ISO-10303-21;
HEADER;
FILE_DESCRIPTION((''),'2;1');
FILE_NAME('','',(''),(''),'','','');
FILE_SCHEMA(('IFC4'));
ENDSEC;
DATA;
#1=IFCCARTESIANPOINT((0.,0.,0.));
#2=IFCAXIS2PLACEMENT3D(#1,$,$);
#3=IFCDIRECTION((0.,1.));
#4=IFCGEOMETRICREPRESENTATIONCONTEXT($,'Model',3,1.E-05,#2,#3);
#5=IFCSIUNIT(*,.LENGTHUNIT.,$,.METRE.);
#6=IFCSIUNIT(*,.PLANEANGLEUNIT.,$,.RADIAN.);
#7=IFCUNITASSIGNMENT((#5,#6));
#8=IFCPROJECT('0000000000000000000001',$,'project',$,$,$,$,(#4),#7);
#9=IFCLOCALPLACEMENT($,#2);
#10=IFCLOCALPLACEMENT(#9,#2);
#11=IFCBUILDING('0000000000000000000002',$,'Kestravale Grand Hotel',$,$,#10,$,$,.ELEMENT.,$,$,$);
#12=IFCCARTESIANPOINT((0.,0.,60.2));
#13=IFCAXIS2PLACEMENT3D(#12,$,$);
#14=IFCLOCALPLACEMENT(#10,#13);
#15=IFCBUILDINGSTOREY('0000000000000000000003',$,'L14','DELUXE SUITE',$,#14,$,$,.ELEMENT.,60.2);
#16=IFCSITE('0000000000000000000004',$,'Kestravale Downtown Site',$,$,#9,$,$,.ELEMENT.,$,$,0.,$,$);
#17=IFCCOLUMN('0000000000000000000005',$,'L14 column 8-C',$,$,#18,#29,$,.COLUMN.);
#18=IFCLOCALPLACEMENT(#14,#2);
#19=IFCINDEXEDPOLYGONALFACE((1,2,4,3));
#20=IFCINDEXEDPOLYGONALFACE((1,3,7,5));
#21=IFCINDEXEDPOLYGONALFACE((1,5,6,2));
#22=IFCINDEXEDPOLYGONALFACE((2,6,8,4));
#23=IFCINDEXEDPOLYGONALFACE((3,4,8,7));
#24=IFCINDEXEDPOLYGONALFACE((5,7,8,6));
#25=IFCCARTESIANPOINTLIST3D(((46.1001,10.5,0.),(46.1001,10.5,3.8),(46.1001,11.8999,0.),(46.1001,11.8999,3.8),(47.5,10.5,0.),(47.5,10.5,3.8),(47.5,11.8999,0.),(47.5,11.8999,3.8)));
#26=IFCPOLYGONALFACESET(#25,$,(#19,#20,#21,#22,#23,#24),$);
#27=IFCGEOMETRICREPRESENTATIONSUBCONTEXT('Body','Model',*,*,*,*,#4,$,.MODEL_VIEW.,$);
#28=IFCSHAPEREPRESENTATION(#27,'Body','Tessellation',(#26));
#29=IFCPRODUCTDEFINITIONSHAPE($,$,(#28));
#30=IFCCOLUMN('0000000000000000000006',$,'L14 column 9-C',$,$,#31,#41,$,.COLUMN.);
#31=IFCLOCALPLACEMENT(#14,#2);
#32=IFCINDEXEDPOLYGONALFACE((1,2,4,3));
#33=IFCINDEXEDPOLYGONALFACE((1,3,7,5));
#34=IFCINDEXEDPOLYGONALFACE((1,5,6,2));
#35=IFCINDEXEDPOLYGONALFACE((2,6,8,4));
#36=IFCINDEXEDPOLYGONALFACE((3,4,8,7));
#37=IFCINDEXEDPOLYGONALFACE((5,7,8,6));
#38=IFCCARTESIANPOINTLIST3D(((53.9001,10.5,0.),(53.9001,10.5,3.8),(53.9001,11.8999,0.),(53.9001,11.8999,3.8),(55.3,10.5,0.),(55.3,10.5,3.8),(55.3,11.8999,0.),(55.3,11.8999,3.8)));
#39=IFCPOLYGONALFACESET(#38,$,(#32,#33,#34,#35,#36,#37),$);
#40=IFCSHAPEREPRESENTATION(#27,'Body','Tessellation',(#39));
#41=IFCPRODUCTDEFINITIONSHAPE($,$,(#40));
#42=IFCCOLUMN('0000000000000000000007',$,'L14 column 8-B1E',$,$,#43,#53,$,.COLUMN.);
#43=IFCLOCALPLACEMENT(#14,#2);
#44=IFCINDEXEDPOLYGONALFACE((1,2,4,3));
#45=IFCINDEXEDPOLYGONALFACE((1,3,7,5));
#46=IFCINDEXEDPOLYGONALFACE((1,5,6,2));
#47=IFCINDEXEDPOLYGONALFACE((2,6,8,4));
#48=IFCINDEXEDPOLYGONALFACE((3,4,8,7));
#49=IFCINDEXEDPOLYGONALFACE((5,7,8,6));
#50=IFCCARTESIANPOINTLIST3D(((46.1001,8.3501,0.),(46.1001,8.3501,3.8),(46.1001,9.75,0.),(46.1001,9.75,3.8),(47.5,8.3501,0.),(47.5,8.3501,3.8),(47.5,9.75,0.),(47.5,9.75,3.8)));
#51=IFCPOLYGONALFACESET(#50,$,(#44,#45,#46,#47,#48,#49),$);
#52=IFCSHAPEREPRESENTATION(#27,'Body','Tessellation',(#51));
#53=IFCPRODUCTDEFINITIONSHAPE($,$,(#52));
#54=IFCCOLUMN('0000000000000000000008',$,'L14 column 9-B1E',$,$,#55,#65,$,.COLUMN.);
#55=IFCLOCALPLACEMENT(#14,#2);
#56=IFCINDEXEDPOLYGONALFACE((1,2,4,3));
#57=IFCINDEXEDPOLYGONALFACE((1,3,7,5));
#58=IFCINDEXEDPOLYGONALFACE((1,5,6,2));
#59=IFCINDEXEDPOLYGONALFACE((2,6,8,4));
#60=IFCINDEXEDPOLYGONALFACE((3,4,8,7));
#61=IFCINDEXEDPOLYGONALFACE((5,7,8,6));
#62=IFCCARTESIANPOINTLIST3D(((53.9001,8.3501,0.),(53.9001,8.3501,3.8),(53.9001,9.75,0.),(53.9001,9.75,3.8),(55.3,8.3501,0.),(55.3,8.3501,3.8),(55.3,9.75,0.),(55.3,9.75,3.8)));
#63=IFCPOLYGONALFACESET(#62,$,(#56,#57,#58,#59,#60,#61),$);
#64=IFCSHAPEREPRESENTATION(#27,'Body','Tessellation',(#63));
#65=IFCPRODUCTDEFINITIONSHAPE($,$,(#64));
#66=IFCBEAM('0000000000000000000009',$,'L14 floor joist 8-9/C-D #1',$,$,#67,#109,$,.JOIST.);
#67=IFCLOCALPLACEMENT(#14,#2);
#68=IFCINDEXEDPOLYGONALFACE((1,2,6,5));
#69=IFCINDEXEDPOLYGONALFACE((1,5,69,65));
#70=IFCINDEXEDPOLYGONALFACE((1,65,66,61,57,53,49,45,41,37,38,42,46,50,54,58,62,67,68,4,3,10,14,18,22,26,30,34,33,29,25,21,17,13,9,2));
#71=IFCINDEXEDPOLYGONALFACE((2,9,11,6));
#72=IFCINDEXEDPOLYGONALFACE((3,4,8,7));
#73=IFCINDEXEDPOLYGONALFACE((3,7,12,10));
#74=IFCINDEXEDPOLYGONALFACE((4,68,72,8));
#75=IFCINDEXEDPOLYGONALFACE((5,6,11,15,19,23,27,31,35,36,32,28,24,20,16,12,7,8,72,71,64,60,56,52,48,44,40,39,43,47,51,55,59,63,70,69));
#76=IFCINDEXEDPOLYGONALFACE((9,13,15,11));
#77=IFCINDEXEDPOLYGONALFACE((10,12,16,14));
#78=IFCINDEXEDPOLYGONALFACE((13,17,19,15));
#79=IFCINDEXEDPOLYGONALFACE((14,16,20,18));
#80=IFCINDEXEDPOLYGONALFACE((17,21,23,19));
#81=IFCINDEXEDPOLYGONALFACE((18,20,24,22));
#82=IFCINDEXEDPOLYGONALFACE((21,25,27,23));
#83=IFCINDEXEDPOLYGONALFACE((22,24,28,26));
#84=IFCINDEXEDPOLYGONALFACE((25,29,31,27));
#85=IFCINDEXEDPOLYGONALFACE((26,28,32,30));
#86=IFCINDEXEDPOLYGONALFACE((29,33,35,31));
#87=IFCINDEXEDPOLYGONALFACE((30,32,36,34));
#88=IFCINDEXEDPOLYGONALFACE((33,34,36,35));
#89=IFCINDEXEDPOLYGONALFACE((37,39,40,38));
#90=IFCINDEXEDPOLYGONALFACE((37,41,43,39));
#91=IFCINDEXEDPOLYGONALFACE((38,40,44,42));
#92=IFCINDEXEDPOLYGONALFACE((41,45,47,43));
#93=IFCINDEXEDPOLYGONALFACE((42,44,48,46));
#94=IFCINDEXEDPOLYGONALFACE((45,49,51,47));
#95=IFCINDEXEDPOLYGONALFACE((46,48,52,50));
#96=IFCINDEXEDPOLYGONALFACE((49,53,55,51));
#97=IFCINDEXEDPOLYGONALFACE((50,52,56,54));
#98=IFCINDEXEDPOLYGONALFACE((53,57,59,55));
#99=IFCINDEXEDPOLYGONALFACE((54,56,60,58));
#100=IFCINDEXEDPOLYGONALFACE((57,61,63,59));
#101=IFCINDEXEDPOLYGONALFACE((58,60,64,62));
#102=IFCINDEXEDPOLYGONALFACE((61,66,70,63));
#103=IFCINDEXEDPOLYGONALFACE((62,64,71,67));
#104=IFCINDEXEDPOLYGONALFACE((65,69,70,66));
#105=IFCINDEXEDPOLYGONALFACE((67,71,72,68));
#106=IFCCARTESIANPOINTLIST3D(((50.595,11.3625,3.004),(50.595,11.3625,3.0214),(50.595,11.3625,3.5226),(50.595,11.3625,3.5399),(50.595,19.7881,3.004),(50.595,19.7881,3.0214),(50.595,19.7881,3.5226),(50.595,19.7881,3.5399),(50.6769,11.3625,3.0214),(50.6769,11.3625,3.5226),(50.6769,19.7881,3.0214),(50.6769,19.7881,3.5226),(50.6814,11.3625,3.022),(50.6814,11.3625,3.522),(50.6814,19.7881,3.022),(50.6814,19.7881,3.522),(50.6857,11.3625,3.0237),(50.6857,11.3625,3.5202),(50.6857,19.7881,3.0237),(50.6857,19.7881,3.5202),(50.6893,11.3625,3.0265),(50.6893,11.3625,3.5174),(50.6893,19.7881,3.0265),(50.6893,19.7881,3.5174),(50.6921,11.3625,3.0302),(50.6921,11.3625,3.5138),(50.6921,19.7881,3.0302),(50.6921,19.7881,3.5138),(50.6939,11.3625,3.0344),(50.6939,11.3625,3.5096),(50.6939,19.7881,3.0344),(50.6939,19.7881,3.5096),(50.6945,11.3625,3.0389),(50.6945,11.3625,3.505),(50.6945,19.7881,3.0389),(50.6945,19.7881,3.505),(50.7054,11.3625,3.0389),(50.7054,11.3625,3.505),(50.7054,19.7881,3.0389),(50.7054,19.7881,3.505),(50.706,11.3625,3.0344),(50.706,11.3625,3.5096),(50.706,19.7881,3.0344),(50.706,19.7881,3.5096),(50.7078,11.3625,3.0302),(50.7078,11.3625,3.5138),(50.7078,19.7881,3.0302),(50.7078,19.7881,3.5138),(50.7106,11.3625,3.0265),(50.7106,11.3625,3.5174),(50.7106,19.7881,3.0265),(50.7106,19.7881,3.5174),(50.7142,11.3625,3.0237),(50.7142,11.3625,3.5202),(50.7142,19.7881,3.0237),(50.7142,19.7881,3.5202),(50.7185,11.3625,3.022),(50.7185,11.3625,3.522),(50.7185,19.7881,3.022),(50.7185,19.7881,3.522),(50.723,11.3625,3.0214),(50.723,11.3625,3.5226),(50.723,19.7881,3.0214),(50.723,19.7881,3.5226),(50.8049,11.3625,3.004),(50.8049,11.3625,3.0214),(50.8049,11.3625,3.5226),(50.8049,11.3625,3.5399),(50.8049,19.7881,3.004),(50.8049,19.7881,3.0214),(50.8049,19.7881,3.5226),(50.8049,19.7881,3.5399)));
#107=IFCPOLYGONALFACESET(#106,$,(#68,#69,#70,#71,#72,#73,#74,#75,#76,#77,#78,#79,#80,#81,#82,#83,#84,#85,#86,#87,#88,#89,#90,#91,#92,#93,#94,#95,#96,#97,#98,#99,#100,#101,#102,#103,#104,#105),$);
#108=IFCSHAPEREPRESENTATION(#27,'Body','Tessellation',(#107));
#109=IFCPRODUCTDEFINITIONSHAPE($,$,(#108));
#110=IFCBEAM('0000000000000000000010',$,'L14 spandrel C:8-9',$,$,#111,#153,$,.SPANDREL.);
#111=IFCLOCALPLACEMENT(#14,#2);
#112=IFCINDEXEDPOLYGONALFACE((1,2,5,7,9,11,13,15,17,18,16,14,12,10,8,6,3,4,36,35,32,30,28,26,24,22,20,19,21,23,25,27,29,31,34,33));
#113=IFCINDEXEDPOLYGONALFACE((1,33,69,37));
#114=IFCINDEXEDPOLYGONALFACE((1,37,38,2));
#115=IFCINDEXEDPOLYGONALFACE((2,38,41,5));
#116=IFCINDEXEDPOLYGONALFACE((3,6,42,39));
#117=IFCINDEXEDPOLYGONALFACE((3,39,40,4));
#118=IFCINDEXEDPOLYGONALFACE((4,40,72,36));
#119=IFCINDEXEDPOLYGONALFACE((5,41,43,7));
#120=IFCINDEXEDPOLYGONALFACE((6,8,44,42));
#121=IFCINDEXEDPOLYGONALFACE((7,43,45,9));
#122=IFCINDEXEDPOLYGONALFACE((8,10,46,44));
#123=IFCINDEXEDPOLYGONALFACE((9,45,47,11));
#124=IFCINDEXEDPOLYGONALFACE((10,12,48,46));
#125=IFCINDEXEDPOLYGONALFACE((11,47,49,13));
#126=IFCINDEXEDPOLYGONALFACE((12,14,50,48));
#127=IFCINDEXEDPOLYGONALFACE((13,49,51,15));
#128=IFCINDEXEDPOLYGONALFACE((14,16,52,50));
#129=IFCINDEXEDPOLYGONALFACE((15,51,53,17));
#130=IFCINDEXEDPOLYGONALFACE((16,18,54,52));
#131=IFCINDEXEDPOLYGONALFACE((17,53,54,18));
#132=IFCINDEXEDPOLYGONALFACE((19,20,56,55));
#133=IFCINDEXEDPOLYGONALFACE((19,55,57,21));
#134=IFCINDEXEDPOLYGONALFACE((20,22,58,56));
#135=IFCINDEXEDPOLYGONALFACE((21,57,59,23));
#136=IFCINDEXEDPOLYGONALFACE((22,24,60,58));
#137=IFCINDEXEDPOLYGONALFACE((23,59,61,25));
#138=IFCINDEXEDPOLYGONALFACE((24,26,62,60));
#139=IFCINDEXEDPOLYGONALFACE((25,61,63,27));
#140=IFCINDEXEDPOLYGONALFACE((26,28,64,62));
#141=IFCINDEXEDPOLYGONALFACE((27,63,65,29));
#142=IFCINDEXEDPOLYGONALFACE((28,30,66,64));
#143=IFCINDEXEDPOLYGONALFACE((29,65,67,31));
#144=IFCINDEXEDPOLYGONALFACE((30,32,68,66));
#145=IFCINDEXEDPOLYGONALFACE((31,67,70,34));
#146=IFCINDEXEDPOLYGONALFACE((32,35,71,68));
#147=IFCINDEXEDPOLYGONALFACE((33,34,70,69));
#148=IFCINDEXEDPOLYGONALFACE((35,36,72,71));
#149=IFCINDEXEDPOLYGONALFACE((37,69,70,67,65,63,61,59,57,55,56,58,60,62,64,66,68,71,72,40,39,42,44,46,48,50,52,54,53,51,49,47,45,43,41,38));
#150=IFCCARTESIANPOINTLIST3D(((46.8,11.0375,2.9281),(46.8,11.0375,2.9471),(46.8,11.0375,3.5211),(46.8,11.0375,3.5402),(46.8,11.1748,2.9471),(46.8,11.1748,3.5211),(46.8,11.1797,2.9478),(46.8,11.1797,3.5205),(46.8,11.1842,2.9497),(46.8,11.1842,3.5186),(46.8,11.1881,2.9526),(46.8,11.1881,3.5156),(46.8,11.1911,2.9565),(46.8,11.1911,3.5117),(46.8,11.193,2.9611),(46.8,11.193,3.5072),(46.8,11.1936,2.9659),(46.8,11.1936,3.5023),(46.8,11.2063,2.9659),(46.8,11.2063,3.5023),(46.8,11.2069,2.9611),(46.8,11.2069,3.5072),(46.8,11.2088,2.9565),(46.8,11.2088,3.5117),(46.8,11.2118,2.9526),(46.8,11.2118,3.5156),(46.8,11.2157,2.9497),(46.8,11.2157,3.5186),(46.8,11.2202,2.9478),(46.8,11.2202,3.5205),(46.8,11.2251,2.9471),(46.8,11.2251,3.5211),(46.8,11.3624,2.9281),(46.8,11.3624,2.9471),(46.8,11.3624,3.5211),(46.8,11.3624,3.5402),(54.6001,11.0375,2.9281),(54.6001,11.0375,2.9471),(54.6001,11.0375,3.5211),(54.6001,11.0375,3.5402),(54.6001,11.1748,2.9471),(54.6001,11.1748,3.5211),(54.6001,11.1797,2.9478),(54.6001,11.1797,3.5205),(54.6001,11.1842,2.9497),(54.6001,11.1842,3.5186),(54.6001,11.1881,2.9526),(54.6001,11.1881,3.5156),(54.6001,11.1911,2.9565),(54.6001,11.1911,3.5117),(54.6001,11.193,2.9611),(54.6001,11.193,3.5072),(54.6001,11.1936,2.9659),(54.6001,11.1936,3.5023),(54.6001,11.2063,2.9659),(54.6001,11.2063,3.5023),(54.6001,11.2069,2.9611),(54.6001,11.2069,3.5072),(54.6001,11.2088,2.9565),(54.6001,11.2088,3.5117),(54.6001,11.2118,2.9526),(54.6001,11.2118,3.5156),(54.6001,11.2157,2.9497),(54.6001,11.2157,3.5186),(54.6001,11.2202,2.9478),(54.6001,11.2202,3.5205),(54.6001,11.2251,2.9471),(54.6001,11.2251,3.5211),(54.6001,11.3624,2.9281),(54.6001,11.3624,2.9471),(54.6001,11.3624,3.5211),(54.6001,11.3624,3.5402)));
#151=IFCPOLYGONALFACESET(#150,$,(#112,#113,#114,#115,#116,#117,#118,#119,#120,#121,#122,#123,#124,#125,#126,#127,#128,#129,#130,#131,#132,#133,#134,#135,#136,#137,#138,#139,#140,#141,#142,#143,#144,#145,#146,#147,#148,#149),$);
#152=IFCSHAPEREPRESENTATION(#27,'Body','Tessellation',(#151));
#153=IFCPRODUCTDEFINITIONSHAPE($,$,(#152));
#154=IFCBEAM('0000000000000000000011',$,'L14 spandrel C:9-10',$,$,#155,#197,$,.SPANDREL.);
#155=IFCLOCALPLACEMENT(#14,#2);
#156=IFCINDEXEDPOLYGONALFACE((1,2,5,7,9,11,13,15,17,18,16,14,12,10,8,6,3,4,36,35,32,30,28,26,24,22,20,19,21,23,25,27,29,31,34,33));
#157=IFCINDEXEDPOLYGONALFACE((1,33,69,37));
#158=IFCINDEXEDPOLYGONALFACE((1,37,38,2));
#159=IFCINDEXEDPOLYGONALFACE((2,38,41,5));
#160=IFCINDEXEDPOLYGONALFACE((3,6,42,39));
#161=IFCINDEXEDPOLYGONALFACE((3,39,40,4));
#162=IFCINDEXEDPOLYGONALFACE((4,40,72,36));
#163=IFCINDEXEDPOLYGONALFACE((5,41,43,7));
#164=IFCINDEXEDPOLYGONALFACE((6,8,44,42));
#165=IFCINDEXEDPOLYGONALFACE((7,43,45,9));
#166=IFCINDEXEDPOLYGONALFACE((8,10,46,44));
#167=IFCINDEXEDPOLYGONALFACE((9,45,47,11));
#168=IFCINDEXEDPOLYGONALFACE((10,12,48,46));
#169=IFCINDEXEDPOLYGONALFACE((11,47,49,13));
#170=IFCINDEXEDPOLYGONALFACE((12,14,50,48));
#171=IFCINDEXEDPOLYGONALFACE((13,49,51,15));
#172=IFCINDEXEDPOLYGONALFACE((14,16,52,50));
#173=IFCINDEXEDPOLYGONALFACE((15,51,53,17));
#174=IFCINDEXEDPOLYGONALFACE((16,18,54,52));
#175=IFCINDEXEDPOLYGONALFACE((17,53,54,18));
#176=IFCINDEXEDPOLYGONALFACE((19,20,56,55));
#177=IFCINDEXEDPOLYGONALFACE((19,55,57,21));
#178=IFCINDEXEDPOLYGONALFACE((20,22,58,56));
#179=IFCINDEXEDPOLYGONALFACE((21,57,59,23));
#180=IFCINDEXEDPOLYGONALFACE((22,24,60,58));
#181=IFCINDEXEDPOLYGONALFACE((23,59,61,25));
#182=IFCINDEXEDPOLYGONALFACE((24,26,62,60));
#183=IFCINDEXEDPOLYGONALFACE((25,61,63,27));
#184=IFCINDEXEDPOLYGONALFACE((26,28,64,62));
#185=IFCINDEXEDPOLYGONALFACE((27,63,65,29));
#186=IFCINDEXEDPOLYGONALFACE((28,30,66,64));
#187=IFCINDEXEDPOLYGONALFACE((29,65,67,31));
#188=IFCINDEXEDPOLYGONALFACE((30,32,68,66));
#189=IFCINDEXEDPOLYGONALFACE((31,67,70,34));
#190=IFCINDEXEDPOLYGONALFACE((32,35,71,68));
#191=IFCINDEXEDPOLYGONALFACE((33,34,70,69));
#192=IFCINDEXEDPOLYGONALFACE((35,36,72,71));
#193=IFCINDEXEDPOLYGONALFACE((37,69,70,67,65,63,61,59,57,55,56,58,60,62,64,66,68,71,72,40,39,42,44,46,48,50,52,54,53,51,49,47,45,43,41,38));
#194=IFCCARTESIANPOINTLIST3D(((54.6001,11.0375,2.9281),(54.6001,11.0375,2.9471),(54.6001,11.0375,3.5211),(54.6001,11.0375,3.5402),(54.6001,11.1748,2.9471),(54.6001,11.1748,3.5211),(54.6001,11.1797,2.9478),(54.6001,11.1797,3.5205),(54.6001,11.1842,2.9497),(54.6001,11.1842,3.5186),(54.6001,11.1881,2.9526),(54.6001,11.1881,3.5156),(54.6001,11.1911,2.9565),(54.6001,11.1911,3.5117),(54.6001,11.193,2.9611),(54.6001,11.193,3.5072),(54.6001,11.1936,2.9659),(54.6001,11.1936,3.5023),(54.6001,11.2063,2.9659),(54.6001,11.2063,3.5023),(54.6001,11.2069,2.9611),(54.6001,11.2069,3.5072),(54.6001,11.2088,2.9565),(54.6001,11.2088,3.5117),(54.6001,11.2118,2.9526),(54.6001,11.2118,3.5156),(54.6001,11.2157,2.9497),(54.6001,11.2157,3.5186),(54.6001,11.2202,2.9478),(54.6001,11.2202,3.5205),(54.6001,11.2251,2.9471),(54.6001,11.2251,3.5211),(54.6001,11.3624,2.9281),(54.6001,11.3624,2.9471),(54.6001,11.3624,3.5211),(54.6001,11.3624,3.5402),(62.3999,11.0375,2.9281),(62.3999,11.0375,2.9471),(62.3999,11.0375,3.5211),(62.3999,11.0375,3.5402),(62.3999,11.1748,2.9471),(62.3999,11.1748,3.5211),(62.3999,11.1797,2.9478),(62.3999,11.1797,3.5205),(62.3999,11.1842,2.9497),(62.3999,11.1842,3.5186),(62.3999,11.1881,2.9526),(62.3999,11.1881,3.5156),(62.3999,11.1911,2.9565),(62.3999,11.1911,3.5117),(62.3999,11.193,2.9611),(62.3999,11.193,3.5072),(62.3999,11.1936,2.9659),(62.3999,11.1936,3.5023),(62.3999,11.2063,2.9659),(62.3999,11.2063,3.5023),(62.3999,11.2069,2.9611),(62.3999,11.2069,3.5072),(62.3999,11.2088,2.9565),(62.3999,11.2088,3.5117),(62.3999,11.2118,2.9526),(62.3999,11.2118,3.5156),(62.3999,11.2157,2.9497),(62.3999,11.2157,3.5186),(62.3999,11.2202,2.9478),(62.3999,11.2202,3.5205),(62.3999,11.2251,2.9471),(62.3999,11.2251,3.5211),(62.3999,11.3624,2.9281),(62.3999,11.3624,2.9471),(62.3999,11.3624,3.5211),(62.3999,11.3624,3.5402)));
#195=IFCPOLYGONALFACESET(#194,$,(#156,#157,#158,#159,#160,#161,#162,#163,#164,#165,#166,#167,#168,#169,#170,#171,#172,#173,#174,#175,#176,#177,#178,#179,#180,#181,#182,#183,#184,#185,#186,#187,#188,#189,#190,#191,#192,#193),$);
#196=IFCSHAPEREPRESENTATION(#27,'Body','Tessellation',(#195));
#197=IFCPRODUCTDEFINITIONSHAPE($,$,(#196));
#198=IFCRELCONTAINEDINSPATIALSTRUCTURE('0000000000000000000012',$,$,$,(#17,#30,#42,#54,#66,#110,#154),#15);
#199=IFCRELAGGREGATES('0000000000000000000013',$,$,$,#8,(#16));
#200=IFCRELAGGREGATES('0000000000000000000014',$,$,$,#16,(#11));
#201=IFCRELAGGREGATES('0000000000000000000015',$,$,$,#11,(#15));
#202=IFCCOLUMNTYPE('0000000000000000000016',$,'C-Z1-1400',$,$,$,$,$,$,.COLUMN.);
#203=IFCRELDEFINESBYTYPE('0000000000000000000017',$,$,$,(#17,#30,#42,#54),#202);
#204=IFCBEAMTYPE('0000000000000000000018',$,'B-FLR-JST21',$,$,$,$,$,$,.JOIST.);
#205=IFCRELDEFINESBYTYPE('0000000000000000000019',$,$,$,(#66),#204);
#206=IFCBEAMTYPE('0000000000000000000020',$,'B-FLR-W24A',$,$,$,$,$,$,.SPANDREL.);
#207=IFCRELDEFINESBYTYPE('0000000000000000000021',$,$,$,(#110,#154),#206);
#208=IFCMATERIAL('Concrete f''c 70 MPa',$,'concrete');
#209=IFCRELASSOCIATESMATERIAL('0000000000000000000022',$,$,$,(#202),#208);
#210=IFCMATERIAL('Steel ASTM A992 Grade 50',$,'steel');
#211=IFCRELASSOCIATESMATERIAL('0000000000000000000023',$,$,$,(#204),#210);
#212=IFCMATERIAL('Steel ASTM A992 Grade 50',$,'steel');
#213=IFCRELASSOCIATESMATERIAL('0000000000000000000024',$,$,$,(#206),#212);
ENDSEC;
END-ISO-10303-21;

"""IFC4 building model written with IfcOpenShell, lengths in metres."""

from ifc_helpers import new_model, si_unit, direction, frame, origin, origin_2d, place, context, subcontext, project, spatial, rectangle, i_section, extrude, material, material_profile, profile_set, type_object, element, save


model = new_model("IFC4")

# Units and contexts
model_context = context("Model", 3, precision=1e-05, world=origin(), true_north=direction((0.0, 1.0)))
body_context = subcontext(model_context, "Body", "Model", "MODEL_VIEW")
ifc_project = project(units=[si_unit("LENGTHUNIT", "METRE"), si_unit("PLANEANGLEUNIT", "RADIAN")], contexts=[model_context])

# Site, building, storey
site_placement = place(None, origin())
site = spatial("IfcSite", under=ifc_project, at=site_placement, Name="Kestravale Downtown Site", CompositionType="ELEMENT", RefElevation=0.0)
building_placement = place(site_placement, origin())
building = spatial("IfcBuilding", under=site, at=building_placement, Name="Kestravale Grand Hotel", CompositionType="ELEMENT")
storey_placement = place(building_placement, frame((0.0, 0.0, 60.2)))
storey = spatial("IfcBuildingStorey", under=building, at=storey_placement, Name="L14", Description="DELUXE SUITE", CompositionType="ELEMENT", Elevation=60.2)

# Columns
ifc_material_1 = material(Name="Concrete f'c 70 MPa", Category="concrete")
ifc_material_profile_1 = material_profile(ifc_material_1, rectangle(XDim=1.3999, YDim=1.3999, at=origin_2d()))
ifc_profile_set_1 = profile_set([ifc_material_profile_1], Name="Concrete f'c 70 MPa")
column_type = type_object("IfcColumnType", Name="C-Z1-1400", PredefinedType="COLUMN", material=ifc_profile_set_1)
for number, where, z_axis, x_axis, name in (
    (1, (46.8, 11.2, 0.0), (0.0, 0.0, 1.0), (1.0, 0.0, 0.0), "L14 column 8-C"),
    (2, (54.6001, 11.2, 0.0), (0.0, 0.0, 1.0), (1.0, 0.0, 0.0), "L14 column 9-C"),
    (3, (46.8, 9.05, 0.0), (0.0, 0.0, 1.0), (1.0, 0.0, 0.0), "L14 column 8-B1E"),
    (4, (54.6001, 9.05, 0.0), (0.0, 0.0, 1.0), (1.0, 0.0, 0.0), "L14 column 9-B1E"),
):
    element("IfcColumn", number, at=place(storey_placement, frame(where, z_axis=z_axis, x_axis=x_axis)), inside=storey, type_object=column_type, Name=name, PredefinedType="COLUMN", context=body_context, shape_type="SweptSolid", body=[
        extrude(rectangle(XDim=1.3999, YDim=1.3999, at=origin_2d()), origin(), (0.0, 0.0, 1.0), 3.8),
    ])

# Beams
ifc_material_2 = material(Name="Steel ASTM A992 Grade 50", Category="steel")
ifc_material_profile_2 = material_profile(ifc_material_2, i_section(OverallWidth=0.21, OverallDepth=0.5359, WebThickness=0.011, FlangeThickness=0.0173, FilletRadius=0.0176, at=origin_2d()))
ifc_profile_set_2 = profile_set([ifc_material_profile_2], Name="Steel ASTM A992 Grade 50")
beam_type_1 = type_object("IfcBeamType", Name="B-FLR-JST21", PredefinedType="JOIST", material=ifc_profile_set_2)
beam_1_placement = place(storey_placement, frame((50.7, 11.3625, 3.272), z_axis=(0.0, 1.0, 0.0), x_axis=(-1.0, 0.0, 0.0)))
element("IfcBeam", 5, at=beam_1_placement, inside=storey, type_object=beam_type_1, Name="L14 floor joist 8-9/C-D #1", PredefinedType="JOIST", context=body_context, shape_type="SweptSolid", body=[
    extrude(i_section(OverallWidth=0.21, OverallDepth=0.5359, WebThickness=0.011, FlangeThickness=0.0173, FilletRadius=0.0176, at=origin_2d()), origin(), (0.0, 0.0, 1.0), 8.4255),
])
ifc_material_3 = material(Name="Steel ASTM A992 Grade 50", Category="steel")
ifc_material_profile_3 = material_profile(ifc_material_3, i_section(OverallWidth=0.325, OverallDepth=0.6121, WebThickness=0.0127, FlangeThickness=0.019, FilletRadius=0.0188, at=origin_2d()))
ifc_profile_set_3 = profile_set([ifc_material_profile_3], Name="Steel ASTM A992 Grade 50")
beam_type_2 = type_object("IfcBeamType", Name="B-FLR-W24A", PredefinedType="SPANDREL", material=ifc_profile_set_3)
beam_2_placement = place(storey_placement, frame((46.8, 11.2, 3.2341), z_axis=(1.0, 0.0, 0.0), x_axis=(0.0, 1.0, 0.0)))
element("IfcBeam", 6, at=beam_2_placement, inside=storey, type_object=beam_type_2, Name="L14 spandrel C:8-9", PredefinedType="SPANDREL", context=body_context, shape_type="SweptSolid", body=[
    extrude(i_section(OverallWidth=0.325, OverallDepth=0.6121, WebThickness=0.0127, FlangeThickness=0.019, FilletRadius=0.0188, at=origin_2d()), origin(), (0.0, 0.0, 1.0), 7.8),
])
beam_3_placement = place(storey_placement, frame((54.6001, 11.2, 3.2341), z_axis=(1.0, 0.0, 0.0), x_axis=(0.0, 1.0, 0.0)))
element("IfcBeam", 7, at=beam_3_placement, inside=storey, type_object=beam_type_2, Name="L14 spandrel C:9-10", PredefinedType="SPANDREL", context=body_context, shape_type="SweptSolid", body=[
    extrude(i_section(OverallWidth=0.325, OverallDepth=0.6121, WebThickness=0.0127, FlangeThickness=0.019, FilletRadius=0.0188, at=origin_2d()), origin(), (0.0, 0.0, 1.0), 7.7998),
])

save(model, "model.ifc")
